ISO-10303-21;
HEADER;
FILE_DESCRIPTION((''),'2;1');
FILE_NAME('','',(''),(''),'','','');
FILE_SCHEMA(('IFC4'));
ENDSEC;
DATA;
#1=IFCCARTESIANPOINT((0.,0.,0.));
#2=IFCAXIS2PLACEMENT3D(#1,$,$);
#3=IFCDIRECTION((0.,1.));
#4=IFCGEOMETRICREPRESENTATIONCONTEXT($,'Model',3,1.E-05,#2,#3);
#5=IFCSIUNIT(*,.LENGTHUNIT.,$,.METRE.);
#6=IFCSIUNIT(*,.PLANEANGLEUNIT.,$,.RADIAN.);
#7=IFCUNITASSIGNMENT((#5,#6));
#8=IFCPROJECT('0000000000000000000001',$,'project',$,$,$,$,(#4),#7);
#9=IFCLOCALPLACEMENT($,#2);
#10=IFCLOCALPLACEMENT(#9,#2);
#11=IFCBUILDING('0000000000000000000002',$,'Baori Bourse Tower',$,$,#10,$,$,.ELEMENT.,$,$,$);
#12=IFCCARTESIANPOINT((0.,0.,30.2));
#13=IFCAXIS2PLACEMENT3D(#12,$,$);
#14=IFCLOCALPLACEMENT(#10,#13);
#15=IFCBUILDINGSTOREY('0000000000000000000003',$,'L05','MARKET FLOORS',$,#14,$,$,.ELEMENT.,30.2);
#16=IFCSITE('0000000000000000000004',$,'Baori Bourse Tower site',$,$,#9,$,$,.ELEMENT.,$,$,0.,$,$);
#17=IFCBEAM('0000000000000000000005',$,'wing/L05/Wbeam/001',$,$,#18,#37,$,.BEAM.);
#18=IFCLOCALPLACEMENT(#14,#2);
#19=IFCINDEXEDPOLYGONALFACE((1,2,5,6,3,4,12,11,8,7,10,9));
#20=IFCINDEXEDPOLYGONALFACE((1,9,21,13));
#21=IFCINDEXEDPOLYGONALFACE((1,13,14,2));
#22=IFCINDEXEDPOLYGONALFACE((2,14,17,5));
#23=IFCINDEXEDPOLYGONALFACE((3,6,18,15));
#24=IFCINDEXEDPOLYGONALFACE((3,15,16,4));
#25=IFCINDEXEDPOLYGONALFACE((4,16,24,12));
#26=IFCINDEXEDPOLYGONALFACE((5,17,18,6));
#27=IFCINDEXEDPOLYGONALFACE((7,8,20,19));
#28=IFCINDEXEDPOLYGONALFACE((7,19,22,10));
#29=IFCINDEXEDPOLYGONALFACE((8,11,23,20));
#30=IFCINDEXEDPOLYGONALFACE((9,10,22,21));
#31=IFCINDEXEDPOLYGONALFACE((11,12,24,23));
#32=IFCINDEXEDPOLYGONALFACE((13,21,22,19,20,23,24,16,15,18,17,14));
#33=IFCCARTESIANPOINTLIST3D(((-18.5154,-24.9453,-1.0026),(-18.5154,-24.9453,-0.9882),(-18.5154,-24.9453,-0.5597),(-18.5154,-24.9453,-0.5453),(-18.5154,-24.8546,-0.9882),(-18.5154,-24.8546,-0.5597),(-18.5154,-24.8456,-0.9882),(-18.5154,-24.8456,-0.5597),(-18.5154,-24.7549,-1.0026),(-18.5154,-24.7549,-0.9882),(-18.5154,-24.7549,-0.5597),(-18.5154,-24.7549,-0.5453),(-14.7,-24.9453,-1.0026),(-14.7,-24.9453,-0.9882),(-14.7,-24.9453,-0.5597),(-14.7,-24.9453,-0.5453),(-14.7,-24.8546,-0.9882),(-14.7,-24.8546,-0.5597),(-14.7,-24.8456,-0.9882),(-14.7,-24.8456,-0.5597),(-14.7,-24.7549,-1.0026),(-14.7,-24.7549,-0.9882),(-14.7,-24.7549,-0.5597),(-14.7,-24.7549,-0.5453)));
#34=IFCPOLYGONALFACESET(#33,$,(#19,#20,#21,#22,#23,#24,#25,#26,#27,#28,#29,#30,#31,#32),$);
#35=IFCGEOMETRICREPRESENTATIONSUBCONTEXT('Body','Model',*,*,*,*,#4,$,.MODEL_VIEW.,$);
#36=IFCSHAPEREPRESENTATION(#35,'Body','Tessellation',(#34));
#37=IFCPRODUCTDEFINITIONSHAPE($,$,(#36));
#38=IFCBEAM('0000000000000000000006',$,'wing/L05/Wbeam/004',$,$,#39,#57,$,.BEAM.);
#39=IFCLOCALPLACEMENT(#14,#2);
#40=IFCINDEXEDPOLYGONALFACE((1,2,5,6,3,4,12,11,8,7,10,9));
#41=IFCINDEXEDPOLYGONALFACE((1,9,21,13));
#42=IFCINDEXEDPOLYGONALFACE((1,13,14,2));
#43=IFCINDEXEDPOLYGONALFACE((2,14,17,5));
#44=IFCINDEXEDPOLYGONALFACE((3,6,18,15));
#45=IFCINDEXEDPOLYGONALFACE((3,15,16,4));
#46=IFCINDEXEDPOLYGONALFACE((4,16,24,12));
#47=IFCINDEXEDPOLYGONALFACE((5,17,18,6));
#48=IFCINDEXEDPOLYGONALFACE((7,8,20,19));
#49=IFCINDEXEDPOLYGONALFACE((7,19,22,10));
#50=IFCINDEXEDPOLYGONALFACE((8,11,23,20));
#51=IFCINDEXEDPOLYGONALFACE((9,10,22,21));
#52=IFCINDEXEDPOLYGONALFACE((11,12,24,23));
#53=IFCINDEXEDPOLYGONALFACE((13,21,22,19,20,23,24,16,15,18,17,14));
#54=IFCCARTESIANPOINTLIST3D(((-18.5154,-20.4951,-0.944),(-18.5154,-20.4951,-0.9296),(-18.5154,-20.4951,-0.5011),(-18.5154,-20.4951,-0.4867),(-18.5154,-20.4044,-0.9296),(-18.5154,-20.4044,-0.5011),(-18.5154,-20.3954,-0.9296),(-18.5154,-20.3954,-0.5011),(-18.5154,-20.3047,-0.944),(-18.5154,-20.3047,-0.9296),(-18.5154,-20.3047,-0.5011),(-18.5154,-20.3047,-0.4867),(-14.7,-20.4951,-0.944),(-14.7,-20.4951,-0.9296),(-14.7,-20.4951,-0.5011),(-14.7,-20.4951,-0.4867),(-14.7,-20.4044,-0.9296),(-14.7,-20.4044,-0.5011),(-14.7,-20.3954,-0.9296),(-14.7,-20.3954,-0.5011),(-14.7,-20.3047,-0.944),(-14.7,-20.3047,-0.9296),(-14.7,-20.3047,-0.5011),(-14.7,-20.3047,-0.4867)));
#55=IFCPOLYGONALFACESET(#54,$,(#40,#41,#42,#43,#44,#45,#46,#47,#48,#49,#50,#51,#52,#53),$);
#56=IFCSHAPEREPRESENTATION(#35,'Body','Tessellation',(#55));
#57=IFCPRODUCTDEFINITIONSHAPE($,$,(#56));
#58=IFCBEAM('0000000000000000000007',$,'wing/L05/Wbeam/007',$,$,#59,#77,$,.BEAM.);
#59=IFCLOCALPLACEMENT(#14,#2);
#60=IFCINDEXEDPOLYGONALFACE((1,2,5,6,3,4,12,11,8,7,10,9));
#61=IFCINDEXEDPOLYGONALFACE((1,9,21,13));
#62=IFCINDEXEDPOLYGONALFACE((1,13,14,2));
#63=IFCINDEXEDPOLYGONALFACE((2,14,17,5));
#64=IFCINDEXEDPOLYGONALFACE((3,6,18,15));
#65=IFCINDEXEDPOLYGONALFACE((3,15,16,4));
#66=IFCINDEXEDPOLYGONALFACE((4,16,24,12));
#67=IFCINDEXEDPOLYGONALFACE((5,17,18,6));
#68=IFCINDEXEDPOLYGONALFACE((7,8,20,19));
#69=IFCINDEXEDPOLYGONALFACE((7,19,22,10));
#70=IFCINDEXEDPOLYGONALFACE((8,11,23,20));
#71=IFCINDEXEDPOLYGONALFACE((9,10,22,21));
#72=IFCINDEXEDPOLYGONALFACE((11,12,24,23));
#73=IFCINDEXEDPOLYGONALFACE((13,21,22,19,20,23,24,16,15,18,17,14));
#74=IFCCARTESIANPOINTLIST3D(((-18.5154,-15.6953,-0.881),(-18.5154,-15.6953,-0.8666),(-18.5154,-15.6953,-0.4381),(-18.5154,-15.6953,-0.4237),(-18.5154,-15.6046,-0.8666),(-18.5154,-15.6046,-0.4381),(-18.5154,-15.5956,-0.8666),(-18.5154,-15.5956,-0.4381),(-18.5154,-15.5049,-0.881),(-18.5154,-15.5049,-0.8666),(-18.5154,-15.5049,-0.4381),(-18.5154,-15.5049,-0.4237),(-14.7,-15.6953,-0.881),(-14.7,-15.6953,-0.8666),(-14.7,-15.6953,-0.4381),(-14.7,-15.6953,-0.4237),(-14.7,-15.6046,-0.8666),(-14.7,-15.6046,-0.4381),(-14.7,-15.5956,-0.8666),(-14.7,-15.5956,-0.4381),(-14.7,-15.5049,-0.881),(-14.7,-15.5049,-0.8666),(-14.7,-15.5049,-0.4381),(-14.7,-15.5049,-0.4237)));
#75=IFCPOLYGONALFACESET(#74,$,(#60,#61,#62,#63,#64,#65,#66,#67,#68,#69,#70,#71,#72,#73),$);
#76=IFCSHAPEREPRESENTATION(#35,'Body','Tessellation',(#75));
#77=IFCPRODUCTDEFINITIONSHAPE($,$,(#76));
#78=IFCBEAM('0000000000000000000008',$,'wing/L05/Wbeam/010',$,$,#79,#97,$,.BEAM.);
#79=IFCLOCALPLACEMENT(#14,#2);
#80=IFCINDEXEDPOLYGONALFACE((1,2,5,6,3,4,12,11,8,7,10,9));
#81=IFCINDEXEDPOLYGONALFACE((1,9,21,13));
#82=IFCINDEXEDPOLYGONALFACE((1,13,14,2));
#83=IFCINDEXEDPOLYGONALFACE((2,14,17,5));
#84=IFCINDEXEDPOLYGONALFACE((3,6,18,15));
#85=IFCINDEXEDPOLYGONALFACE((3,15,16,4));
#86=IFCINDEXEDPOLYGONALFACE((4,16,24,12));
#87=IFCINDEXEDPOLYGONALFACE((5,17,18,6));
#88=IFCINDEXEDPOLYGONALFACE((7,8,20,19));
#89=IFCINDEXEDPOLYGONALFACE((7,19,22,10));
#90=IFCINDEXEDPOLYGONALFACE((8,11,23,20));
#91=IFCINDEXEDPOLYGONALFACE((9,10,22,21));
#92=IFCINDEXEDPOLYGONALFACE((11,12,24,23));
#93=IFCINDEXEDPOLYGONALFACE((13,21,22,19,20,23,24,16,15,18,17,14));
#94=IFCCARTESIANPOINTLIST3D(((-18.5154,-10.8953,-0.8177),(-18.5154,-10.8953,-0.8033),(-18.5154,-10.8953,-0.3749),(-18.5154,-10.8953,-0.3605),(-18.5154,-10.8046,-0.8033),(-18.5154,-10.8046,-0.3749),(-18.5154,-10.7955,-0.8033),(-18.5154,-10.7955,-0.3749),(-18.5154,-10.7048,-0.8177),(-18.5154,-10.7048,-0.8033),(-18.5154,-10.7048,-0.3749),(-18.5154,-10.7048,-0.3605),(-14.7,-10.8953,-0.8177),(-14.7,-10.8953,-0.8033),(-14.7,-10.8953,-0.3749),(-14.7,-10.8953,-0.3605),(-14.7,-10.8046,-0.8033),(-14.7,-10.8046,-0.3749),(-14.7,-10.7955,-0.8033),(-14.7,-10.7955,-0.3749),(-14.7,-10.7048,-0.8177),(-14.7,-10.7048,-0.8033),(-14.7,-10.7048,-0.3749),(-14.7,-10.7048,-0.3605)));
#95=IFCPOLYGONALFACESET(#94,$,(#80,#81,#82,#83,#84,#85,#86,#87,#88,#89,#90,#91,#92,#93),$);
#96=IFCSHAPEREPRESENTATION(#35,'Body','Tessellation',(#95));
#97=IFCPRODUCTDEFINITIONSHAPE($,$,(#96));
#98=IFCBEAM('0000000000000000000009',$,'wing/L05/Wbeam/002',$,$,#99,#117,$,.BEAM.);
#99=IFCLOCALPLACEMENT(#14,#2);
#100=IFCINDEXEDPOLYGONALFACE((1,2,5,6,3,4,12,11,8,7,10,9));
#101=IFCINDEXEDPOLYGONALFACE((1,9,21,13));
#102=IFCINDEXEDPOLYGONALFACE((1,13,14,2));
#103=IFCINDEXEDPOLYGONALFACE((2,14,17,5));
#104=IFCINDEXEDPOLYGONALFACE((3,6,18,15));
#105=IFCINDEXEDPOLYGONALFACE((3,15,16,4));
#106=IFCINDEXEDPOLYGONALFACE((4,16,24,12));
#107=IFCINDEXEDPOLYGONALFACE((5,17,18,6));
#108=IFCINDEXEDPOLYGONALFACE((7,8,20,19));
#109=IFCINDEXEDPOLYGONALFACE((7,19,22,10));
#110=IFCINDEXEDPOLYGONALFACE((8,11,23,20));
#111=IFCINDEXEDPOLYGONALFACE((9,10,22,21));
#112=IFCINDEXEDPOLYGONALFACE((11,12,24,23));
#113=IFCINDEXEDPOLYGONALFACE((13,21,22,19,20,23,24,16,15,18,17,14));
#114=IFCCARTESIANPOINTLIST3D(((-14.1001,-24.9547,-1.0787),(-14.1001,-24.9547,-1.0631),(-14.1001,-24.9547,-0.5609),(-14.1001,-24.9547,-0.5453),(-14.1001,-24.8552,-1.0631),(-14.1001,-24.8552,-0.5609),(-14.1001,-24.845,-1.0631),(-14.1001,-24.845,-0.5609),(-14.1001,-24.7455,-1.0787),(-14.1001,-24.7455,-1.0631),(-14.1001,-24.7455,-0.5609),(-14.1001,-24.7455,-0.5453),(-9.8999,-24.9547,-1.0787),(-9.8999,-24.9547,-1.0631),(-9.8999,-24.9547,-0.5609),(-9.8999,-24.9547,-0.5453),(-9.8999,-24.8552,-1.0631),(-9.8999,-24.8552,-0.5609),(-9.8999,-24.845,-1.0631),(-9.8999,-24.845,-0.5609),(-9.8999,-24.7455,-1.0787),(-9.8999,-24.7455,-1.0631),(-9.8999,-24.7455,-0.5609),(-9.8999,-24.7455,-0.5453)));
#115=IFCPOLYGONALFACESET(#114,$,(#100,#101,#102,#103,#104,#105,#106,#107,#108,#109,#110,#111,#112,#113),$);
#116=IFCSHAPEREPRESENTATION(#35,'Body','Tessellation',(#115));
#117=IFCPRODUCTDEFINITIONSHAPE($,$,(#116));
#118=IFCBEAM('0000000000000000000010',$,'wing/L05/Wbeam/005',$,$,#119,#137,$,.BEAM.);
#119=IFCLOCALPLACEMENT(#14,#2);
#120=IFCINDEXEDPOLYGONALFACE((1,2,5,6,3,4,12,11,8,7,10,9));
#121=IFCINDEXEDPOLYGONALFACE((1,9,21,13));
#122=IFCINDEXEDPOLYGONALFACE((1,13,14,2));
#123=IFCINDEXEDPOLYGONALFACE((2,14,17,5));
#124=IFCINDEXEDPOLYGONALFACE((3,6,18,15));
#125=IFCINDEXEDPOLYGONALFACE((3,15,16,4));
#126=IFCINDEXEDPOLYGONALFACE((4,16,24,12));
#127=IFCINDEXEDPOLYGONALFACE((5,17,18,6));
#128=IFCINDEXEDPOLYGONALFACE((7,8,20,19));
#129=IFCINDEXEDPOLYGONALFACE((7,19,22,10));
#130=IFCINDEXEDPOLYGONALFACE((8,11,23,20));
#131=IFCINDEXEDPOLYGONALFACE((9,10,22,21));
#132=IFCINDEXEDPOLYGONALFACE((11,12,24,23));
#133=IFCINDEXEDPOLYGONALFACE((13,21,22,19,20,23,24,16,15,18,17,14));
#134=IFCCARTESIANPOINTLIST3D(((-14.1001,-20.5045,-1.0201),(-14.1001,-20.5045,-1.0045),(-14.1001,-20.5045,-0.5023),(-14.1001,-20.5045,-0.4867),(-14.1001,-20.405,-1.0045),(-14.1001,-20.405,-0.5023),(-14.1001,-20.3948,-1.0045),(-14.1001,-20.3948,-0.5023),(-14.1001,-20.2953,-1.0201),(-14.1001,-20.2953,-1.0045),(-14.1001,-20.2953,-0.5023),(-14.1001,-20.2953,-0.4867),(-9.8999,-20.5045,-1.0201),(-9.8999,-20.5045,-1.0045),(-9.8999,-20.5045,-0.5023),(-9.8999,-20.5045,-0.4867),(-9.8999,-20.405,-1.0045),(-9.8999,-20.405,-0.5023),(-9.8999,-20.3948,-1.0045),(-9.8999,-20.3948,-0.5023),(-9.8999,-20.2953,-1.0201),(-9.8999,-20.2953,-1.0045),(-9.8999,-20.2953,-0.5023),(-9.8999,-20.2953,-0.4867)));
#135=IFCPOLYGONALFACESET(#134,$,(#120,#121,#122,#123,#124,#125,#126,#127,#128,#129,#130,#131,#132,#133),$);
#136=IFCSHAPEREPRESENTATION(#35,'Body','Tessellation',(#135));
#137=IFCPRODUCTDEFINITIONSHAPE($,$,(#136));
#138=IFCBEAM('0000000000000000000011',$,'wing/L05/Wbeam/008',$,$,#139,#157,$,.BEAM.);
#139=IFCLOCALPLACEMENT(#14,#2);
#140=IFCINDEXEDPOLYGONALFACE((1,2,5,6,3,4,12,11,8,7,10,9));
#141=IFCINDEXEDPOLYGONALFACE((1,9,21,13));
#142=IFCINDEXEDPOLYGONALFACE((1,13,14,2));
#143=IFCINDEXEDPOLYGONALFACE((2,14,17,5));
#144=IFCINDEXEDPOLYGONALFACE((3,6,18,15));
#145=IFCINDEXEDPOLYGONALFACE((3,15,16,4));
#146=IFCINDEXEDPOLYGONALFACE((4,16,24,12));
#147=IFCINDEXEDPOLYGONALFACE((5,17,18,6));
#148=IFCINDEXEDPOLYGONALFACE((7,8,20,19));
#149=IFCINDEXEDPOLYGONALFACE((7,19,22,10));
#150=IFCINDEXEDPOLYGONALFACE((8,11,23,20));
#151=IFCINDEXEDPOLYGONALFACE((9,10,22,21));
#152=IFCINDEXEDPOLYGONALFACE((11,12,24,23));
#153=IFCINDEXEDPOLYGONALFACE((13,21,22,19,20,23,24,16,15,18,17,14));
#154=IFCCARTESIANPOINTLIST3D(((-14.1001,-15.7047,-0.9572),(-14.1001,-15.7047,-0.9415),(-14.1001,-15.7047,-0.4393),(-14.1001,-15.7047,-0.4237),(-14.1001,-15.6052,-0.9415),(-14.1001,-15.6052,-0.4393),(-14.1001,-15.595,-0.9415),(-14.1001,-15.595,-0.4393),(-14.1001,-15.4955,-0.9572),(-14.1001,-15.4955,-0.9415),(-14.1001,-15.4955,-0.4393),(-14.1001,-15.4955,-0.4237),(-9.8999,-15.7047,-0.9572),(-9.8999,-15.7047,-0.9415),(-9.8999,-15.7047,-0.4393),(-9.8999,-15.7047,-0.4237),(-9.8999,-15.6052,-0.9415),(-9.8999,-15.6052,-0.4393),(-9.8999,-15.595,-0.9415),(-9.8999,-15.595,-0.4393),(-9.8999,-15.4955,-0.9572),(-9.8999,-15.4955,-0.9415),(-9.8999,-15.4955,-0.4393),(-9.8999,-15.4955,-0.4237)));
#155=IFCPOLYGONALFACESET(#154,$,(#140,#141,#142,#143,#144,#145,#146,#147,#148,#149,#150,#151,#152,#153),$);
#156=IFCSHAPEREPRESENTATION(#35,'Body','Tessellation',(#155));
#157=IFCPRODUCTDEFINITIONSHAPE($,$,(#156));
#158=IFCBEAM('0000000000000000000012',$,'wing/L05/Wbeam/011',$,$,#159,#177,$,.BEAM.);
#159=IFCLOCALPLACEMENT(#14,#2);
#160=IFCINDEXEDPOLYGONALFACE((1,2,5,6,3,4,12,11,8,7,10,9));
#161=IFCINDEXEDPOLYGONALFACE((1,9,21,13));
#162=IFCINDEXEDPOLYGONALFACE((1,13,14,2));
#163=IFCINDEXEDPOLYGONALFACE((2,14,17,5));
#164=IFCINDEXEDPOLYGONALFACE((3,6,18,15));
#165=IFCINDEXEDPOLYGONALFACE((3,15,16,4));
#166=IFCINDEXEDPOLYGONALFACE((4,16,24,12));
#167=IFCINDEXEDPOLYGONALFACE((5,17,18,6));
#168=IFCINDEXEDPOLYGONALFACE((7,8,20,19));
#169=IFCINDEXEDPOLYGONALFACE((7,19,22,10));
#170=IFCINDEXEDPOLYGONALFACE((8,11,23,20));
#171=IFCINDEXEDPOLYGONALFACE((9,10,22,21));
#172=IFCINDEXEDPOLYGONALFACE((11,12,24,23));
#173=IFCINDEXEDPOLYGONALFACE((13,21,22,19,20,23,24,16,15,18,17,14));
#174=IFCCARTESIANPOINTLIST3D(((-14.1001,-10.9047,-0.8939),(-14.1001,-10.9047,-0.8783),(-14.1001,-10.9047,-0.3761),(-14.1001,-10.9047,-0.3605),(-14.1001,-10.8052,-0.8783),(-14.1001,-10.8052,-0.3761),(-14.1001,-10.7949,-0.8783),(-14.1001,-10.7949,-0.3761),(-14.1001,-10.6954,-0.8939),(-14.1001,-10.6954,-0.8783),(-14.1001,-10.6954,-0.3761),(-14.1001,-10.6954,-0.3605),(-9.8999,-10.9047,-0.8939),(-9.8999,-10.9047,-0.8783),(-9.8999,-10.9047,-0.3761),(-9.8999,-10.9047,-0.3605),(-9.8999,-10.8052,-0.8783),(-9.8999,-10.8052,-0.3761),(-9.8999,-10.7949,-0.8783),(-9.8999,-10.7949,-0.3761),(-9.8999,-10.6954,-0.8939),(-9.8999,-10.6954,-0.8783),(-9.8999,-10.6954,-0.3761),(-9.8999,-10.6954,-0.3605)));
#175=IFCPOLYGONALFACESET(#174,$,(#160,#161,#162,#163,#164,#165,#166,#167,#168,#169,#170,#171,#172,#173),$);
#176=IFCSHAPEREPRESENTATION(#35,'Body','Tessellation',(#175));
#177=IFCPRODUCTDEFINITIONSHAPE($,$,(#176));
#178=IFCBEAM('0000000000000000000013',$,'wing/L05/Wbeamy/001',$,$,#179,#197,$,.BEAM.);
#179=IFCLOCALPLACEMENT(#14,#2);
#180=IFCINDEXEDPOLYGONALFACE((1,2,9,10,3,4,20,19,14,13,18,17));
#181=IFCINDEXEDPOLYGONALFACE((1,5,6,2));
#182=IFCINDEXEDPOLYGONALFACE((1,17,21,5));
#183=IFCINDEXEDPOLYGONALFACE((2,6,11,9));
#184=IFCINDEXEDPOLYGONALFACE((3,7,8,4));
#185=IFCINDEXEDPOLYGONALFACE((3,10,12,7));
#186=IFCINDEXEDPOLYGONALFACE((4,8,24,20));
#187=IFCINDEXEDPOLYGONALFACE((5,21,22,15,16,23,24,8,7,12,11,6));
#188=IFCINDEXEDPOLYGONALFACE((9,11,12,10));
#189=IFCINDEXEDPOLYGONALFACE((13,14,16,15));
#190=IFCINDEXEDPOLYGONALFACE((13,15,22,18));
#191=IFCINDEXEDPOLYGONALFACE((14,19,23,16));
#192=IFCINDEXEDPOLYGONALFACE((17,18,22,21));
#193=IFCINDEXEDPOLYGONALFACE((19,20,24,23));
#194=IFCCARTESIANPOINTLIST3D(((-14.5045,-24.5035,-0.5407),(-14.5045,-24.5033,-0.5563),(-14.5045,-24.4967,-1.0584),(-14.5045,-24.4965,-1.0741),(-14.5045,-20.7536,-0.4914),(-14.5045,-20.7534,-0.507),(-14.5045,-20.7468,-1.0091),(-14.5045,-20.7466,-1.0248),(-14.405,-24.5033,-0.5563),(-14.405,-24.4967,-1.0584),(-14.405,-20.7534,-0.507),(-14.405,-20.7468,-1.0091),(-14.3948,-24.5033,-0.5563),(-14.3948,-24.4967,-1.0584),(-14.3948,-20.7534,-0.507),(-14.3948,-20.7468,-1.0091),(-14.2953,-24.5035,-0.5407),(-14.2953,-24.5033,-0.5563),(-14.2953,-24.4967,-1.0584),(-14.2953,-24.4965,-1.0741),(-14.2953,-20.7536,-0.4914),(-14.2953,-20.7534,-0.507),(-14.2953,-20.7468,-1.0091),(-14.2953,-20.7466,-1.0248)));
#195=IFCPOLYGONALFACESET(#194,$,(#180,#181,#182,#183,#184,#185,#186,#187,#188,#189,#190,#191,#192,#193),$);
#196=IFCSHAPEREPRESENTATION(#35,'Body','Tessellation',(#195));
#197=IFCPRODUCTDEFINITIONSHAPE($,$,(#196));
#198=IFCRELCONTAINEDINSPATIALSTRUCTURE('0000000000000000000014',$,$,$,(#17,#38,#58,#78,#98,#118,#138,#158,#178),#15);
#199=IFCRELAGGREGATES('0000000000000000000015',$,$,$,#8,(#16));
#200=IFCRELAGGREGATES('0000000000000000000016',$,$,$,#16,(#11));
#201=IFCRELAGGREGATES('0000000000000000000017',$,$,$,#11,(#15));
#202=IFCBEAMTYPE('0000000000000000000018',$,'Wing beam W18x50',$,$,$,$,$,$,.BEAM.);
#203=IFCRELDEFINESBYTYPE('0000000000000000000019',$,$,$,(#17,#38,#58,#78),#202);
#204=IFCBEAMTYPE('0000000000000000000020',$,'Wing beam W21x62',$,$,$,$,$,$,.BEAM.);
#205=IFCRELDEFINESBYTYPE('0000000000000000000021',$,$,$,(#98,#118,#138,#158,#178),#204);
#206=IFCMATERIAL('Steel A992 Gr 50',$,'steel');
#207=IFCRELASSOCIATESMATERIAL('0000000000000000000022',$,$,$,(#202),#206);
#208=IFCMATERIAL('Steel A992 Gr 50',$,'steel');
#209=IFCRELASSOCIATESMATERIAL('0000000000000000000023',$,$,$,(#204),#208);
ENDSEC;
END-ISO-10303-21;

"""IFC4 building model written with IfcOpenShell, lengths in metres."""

from ifc_helpers import new_model, si_unit, direction, frame, origin, origin_2d, place, context, subcontext, project, spatial, i_section, extrude, material, material_profile, profile_set, type_object, element, save


model = new_model("IFC4")

# Units and contexts
model_context = context("Model", 3, precision=1e-05, world=origin(), true_north=direction((0.0, 1.0)))
body_context = subcontext(model_context, "Body", "Model", "MODEL_VIEW")
ifc_project = project(units=[si_unit("LENGTHUNIT", "METRE"), si_unit("PLANEANGLEUNIT", "RADIAN")], contexts=[model_context])

# Site, building, storey
site_placement = place(None, origin())
site = spatial("IfcSite", under=ifc_project, at=site_placement, Name="Baori Bourse Tower site", CompositionType="ELEMENT", RefElevation=0.0)
building_placement = place(site_placement, origin())
building = spatial("IfcBuilding", under=site, at=building_placement, Name="Baori Bourse Tower", CompositionType="ELEMENT")
storey_placement = place(building_placement, frame((0.0, 0.0, 30.2)))
storey = spatial("IfcBuildingStorey", under=building, at=storey_placement, Name="L05", Description="MARKET FLOORS", CompositionType="ELEMENT", Elevation=30.2)

# Beams
ifc_material_1 = material(Name="Steel A992 Gr 50", Category="steel")
ifc_material_profile_1 = material_profile(ifc_material_1, i_section(OverallWidth=0.1904, OverallDepth=0.4573, WebThickness=0.009, FlangeThickness=0.0144, at=origin_2d()), Name="W18x50")
ifc_profile_set_1 = profile_set([ifc_material_profile_1], Name="Steel A992 Gr 50")
beam_type_1 = type_object("IfcBeamType", Name="Wing beam W18x50", PredefinedType="BEAM", material=ifc_profile_set_1)
for number, where, z_axis, x_axis, name in (
    (1, (-18.5154, -24.8501, -0.7739), (1.0, 0.0, 0.0), (0.0, 1.0, 0.0), "wing/L05/Wbeam/001"),
    (2, (-18.5154, -20.3999, -0.7153), (1.0, 0.0, 0.0), (0.0, 1.0, 0.0), "wing/L05/Wbeam/004"),
    (3, (-18.5154, -15.6001, -0.6523), (1.0, 0.0, 0.0), (0.0, 1.0, 0.0), "wing/L05/Wbeam/007"),
    (4, (-18.5154, -10.8, -0.5891), (1.0, 0.0, 0.0), (0.0, 1.0, 0.0), "wing/L05/Wbeam/010"),
):
    element("IfcBeam", number, at=place(storey_placement, frame(where, z_axis=z_axis, x_axis=x_axis)), inside=storey, type_object=beam_type_1, Name=name, PredefinedType="BEAM", context=body_context, shape_type="SweptSolid", body=[
        extrude(i_section(OverallWidth=0.1904, OverallDepth=0.4573, WebThickness=0.009, FlangeThickness=0.0144, at=origin_2d()), origin(), (0.0, 0.0, 1.0), 3.8154),
    ])
ifc_material_2 = material(Name="Steel A992 Gr 50", Category="steel")
ifc_material_profile_2 = material_profile(ifc_material_2, i_section(OverallWidth=0.2092, OverallDepth=0.5334, WebThickness=0.0103, FlangeThickness=0.0156, at=origin_2d()), Name="W21x62")
ifc_profile_set_2 = profile_set([ifc_material_profile_2], Name="Steel A992 Gr 50")
beam_type_2 = type_object("IfcBeamType", Name="Wing beam W21x62", PredefinedType="BEAM", material=ifc_profile_set_2)
for number, where, z_axis, x_axis, name in (
    (5, (-14.1001, -24.8501, -0.812), (1.0, 0.0, 0.0), (0.0, 1.0, 0.0), "wing/L05/Wbeam/002"),
    (6, (-14.1001, -20.3999, -0.7534), (1.0, 0.0, 0.0), (0.0, 1.0, 0.0), "wing/L05/Wbeam/005"),
    (7, (-14.1001, -15.6001, -0.6904), (1.0, 0.0, 0.0), (0.0, 1.0, 0.0), "wing/L05/Wbeam/008"),
    (8, (-14.1001, -10.8, -0.6272), (1.0, 0.0, 0.0), (0.0, 1.0, 0.0), "wing/L05/Wbeam/011"),
):
    element("IfcBeam", number, at=place(storey_placement, frame(where, z_axis=z_axis, x_axis=x_axis)), inside=storey, type_object=beam_type_2, Name=name, PredefinedType="BEAM", context=body_context, shape_type="SweptSolid", body=[
        extrude(i_section(OverallWidth=0.2092, OverallDepth=0.5334, WebThickness=0.0103, FlangeThickness=0.0156, at=origin_2d()), origin(), (0.0, 0.0, 1.0), 4.2002),
    ])
beam_1_placement = place(storey_placement, frame((-14.3999, -24.5, -0.8074), z_axis=(0.0, 0.999914, 0.01315), x_axis=(-1.0, 0.0, 0.0)))
element("IfcBeam", 9, at=beam_1_placement, inside=storey, type_object=beam_type_2, Name="wing/L05/Wbeamy/001", PredefinedType="BEAM", context=body_context, shape_type="SweptSolid", body=[
    extrude(i_section(OverallWidth=0.2092, OverallDepth=0.5334, WebThickness=0.0103, FlangeThickness=0.0156, at=origin_2d()), origin(), (0.0, 0.0, 1.0), 3.7502),
])

save(model, "model.ifc")
